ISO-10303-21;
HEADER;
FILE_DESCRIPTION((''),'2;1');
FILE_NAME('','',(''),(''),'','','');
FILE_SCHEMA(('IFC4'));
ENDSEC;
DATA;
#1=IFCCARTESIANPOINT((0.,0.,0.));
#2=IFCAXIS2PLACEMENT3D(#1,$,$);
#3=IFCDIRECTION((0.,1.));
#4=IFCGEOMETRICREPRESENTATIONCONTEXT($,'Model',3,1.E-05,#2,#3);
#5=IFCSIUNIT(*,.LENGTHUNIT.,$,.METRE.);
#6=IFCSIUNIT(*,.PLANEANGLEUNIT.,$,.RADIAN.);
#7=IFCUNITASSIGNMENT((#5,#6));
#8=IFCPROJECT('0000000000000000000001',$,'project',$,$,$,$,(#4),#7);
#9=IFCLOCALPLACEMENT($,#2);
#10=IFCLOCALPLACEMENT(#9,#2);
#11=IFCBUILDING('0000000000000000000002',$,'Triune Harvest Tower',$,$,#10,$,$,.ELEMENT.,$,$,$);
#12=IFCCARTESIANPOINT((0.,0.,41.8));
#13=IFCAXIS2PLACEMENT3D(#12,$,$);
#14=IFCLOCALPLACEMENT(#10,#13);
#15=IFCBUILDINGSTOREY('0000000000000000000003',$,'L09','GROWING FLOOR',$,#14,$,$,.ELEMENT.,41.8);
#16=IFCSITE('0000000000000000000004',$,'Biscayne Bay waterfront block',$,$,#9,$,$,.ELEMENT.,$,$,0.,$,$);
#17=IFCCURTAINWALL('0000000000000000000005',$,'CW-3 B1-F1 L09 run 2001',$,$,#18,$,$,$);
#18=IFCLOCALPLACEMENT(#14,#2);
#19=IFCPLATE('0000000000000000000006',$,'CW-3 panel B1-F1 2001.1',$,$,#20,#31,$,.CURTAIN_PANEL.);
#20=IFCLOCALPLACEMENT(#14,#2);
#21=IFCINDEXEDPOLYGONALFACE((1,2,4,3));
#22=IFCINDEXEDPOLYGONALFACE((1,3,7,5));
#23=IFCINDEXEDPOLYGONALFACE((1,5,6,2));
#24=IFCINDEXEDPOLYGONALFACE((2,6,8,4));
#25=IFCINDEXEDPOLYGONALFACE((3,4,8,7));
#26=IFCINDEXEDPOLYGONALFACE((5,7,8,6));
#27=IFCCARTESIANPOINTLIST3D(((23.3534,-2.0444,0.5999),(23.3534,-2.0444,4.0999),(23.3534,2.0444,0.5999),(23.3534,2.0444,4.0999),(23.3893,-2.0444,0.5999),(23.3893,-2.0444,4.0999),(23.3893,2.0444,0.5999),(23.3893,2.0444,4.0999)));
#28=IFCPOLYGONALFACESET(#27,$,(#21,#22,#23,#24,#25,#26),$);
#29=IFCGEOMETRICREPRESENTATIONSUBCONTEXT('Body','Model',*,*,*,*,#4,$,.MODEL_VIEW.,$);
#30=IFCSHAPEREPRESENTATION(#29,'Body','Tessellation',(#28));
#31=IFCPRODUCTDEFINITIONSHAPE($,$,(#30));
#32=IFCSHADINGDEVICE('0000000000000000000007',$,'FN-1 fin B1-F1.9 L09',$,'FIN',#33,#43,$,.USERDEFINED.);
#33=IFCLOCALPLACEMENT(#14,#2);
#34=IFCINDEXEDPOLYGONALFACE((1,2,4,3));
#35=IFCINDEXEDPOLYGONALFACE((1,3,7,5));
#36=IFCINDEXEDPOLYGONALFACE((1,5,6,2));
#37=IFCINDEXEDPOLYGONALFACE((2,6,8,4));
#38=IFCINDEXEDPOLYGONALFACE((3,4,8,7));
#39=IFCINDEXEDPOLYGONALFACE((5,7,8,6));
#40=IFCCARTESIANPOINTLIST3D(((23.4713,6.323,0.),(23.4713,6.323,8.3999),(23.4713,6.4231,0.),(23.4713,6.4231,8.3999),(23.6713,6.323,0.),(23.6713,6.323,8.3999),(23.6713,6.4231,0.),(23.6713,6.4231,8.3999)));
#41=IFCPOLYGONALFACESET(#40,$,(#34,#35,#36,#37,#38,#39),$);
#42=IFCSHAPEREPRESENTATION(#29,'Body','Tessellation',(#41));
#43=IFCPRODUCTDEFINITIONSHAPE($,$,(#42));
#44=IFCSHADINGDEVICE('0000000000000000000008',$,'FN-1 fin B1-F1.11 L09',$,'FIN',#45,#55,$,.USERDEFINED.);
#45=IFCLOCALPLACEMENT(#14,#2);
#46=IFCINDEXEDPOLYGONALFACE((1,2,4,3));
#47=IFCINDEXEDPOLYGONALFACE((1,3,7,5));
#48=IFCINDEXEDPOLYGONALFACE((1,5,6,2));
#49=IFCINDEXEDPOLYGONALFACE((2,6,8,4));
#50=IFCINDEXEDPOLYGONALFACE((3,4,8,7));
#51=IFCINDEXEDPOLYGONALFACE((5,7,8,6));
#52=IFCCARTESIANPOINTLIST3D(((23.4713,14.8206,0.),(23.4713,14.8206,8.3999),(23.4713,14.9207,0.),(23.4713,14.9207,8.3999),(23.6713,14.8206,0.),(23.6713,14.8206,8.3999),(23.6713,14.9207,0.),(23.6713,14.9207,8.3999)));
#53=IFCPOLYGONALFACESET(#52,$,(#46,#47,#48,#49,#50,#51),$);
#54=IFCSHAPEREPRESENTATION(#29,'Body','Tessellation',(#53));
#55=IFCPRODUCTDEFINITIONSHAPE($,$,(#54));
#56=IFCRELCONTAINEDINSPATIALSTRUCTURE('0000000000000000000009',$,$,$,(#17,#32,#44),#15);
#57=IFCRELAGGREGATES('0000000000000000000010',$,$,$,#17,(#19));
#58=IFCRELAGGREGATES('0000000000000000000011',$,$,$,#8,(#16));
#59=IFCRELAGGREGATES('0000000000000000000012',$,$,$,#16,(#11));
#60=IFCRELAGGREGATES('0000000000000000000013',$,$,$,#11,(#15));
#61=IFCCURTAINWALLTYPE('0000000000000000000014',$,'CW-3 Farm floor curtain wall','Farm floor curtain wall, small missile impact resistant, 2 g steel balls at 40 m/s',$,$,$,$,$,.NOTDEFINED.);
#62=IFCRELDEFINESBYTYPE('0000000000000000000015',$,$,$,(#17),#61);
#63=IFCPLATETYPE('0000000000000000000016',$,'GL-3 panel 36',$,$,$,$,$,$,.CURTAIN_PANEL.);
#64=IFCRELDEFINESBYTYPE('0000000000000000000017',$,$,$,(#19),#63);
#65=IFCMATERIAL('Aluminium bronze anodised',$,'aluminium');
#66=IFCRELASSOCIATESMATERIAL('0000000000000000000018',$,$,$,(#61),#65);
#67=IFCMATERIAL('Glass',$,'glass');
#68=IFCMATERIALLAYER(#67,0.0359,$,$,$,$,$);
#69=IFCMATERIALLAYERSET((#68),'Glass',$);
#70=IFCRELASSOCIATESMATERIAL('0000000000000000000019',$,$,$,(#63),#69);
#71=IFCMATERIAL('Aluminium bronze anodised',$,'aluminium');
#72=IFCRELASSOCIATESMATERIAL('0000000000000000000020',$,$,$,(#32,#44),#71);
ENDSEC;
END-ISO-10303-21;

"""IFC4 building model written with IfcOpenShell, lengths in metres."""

from ifc_helpers import new_model, si_unit, direction, frame, origin, origin_2d, place, context, subcontext, project, spatial, rectangle, extrude, source, transform, mapped, material, layer, layer_set, type_object, element, aggregate, save


model = new_model("IFC4")

# Units and contexts
model_context = context("Model", 3, precision=1e-05, world=origin(), true_north=direction((0.0, 1.0)))
body_context = subcontext(model_context, "Body", "Model", "MODEL_VIEW")
ifc_project = project(units=[si_unit("LENGTHUNIT", "METRE"), si_unit("PLANEANGLEUNIT", "RADIAN")], contexts=[model_context])

# Site, building, storey
site_placement = place(None, origin())
site = spatial("IfcSite", under=ifc_project, at=site_placement, Name="Biscayne Bay waterfront block", CompositionType="ELEMENT", RefElevation=0.0)
building_placement = place(site_placement, origin())
building = spatial("IfcBuilding", under=site, at=building_placement, Name="Triune Harvest Tower", CompositionType="ELEMENT")
storey_placement = place(building_placement, frame((0.0, 0.0, 41.8)))
storey = spatial("IfcBuildingStorey", under=building, at=storey_placement, Name="L09", Description="GROWING FLOOR", CompositionType="ELEMENT", Elevation=41.8)

# Curtain wall
ifc_material_1 = material(Name="Aluminium bronze anodised", Category="aluminium")
curtain_wall_type_1 = type_object("IfcCurtainWallType", Name="CW-3 Farm floor curtain wall", Description="Farm floor curtain wall, small missile impact resistant, 2 g steel balls at 40 m/s", PredefinedType="NOTDEFINED", material=ifc_material_1)
curtain_wall_1_placement = place(storey_placement, origin())
curtain_wall_1 = element("IfcCurtainWall", 1, at=curtain_wall_1_placement, inside=storey, type_object=curtain_wall_type_1, Name="CW-3 B1-F1 L09 run 2001")

# Plate
ifc_material_2 = material(Name="Glass", Category="glass")
ifc_layer_1 = layer(ifc_material_2, 0.0359)
ifc_layer_set_1 = layer_set([ifc_layer_1], Name="Glass")
plate_type_1 = type_object("IfcPlateType", Name="GL-3 panel 36", PredefinedType="CURTAIN_PANEL", material=ifc_layer_set_1)
shared_shape_1 = source(origin(), body_context, "Body", "SweptSolid", [
    extrude(rectangle(XDim=4.0889, YDim=0.0359, at=origin_2d()), origin(), (0.0, 0.0, 1.0), 3.5),
])
plate_1_placement = place(storey_placement, frame((23.3713, 0.0, 0.5999), z_axis=(0.0, 0.0, 1.0), x_axis=(0.0, 1.0, 0.0)))
plate_1 = element("IfcPlate", 2, at=plate_1_placement, type_object=plate_type_1, Name="CW-3 panel B1-F1 2001.1", PredefinedType="CURTAIN_PANEL", context=body_context, shape_type="MappedRepresentation", body=[
    mapped(shared_shape_1, transform((0.0, 0.0, 0.0), scale=1.0)),
])
aggregate(curtain_wall_1, [plate_1])

# Shading devices
ifc_material_3 = material(Name="Aluminium bronze anodised", Category="aluminium")
shared_shape_2 = source(origin(), body_context, "Body", "SweptSolid", [
    extrude(rectangle(XDim=0.1001, YDim=0.2, at=origin_2d()), origin(), (0.0, 0.0, 1.0), 8.3999),
])
for number, where, z_axis, x_axis, name in (
    (3, (23.5713, 6.373, 0.0), (0.0, 0.0, 1.0), (0.0, 1.0, 0.0), "FN-1 fin B1-F1.9 L09"),
    (4, (23.5713, 14.8706, 0.0), (0.0, 0.0, 1.0), (0.0, 1.0, 0.0), "FN-1 fin B1-F1.11 L09"),
):
    element("IfcShadingDevice", number, at=place(storey_placement, frame(where, z_axis=z_axis, x_axis=x_axis)), inside=storey, material=ifc_material_3, Name=name, ObjectType="FIN", PredefinedType="USERDEFINED", context=body_context, shape_type="MappedRepresentation", body=[
        mapped(shared_shape_2, transform((0.0, 0.0, 0.0), scale=1.0)),
    ])

save(model, "model.ifc")
